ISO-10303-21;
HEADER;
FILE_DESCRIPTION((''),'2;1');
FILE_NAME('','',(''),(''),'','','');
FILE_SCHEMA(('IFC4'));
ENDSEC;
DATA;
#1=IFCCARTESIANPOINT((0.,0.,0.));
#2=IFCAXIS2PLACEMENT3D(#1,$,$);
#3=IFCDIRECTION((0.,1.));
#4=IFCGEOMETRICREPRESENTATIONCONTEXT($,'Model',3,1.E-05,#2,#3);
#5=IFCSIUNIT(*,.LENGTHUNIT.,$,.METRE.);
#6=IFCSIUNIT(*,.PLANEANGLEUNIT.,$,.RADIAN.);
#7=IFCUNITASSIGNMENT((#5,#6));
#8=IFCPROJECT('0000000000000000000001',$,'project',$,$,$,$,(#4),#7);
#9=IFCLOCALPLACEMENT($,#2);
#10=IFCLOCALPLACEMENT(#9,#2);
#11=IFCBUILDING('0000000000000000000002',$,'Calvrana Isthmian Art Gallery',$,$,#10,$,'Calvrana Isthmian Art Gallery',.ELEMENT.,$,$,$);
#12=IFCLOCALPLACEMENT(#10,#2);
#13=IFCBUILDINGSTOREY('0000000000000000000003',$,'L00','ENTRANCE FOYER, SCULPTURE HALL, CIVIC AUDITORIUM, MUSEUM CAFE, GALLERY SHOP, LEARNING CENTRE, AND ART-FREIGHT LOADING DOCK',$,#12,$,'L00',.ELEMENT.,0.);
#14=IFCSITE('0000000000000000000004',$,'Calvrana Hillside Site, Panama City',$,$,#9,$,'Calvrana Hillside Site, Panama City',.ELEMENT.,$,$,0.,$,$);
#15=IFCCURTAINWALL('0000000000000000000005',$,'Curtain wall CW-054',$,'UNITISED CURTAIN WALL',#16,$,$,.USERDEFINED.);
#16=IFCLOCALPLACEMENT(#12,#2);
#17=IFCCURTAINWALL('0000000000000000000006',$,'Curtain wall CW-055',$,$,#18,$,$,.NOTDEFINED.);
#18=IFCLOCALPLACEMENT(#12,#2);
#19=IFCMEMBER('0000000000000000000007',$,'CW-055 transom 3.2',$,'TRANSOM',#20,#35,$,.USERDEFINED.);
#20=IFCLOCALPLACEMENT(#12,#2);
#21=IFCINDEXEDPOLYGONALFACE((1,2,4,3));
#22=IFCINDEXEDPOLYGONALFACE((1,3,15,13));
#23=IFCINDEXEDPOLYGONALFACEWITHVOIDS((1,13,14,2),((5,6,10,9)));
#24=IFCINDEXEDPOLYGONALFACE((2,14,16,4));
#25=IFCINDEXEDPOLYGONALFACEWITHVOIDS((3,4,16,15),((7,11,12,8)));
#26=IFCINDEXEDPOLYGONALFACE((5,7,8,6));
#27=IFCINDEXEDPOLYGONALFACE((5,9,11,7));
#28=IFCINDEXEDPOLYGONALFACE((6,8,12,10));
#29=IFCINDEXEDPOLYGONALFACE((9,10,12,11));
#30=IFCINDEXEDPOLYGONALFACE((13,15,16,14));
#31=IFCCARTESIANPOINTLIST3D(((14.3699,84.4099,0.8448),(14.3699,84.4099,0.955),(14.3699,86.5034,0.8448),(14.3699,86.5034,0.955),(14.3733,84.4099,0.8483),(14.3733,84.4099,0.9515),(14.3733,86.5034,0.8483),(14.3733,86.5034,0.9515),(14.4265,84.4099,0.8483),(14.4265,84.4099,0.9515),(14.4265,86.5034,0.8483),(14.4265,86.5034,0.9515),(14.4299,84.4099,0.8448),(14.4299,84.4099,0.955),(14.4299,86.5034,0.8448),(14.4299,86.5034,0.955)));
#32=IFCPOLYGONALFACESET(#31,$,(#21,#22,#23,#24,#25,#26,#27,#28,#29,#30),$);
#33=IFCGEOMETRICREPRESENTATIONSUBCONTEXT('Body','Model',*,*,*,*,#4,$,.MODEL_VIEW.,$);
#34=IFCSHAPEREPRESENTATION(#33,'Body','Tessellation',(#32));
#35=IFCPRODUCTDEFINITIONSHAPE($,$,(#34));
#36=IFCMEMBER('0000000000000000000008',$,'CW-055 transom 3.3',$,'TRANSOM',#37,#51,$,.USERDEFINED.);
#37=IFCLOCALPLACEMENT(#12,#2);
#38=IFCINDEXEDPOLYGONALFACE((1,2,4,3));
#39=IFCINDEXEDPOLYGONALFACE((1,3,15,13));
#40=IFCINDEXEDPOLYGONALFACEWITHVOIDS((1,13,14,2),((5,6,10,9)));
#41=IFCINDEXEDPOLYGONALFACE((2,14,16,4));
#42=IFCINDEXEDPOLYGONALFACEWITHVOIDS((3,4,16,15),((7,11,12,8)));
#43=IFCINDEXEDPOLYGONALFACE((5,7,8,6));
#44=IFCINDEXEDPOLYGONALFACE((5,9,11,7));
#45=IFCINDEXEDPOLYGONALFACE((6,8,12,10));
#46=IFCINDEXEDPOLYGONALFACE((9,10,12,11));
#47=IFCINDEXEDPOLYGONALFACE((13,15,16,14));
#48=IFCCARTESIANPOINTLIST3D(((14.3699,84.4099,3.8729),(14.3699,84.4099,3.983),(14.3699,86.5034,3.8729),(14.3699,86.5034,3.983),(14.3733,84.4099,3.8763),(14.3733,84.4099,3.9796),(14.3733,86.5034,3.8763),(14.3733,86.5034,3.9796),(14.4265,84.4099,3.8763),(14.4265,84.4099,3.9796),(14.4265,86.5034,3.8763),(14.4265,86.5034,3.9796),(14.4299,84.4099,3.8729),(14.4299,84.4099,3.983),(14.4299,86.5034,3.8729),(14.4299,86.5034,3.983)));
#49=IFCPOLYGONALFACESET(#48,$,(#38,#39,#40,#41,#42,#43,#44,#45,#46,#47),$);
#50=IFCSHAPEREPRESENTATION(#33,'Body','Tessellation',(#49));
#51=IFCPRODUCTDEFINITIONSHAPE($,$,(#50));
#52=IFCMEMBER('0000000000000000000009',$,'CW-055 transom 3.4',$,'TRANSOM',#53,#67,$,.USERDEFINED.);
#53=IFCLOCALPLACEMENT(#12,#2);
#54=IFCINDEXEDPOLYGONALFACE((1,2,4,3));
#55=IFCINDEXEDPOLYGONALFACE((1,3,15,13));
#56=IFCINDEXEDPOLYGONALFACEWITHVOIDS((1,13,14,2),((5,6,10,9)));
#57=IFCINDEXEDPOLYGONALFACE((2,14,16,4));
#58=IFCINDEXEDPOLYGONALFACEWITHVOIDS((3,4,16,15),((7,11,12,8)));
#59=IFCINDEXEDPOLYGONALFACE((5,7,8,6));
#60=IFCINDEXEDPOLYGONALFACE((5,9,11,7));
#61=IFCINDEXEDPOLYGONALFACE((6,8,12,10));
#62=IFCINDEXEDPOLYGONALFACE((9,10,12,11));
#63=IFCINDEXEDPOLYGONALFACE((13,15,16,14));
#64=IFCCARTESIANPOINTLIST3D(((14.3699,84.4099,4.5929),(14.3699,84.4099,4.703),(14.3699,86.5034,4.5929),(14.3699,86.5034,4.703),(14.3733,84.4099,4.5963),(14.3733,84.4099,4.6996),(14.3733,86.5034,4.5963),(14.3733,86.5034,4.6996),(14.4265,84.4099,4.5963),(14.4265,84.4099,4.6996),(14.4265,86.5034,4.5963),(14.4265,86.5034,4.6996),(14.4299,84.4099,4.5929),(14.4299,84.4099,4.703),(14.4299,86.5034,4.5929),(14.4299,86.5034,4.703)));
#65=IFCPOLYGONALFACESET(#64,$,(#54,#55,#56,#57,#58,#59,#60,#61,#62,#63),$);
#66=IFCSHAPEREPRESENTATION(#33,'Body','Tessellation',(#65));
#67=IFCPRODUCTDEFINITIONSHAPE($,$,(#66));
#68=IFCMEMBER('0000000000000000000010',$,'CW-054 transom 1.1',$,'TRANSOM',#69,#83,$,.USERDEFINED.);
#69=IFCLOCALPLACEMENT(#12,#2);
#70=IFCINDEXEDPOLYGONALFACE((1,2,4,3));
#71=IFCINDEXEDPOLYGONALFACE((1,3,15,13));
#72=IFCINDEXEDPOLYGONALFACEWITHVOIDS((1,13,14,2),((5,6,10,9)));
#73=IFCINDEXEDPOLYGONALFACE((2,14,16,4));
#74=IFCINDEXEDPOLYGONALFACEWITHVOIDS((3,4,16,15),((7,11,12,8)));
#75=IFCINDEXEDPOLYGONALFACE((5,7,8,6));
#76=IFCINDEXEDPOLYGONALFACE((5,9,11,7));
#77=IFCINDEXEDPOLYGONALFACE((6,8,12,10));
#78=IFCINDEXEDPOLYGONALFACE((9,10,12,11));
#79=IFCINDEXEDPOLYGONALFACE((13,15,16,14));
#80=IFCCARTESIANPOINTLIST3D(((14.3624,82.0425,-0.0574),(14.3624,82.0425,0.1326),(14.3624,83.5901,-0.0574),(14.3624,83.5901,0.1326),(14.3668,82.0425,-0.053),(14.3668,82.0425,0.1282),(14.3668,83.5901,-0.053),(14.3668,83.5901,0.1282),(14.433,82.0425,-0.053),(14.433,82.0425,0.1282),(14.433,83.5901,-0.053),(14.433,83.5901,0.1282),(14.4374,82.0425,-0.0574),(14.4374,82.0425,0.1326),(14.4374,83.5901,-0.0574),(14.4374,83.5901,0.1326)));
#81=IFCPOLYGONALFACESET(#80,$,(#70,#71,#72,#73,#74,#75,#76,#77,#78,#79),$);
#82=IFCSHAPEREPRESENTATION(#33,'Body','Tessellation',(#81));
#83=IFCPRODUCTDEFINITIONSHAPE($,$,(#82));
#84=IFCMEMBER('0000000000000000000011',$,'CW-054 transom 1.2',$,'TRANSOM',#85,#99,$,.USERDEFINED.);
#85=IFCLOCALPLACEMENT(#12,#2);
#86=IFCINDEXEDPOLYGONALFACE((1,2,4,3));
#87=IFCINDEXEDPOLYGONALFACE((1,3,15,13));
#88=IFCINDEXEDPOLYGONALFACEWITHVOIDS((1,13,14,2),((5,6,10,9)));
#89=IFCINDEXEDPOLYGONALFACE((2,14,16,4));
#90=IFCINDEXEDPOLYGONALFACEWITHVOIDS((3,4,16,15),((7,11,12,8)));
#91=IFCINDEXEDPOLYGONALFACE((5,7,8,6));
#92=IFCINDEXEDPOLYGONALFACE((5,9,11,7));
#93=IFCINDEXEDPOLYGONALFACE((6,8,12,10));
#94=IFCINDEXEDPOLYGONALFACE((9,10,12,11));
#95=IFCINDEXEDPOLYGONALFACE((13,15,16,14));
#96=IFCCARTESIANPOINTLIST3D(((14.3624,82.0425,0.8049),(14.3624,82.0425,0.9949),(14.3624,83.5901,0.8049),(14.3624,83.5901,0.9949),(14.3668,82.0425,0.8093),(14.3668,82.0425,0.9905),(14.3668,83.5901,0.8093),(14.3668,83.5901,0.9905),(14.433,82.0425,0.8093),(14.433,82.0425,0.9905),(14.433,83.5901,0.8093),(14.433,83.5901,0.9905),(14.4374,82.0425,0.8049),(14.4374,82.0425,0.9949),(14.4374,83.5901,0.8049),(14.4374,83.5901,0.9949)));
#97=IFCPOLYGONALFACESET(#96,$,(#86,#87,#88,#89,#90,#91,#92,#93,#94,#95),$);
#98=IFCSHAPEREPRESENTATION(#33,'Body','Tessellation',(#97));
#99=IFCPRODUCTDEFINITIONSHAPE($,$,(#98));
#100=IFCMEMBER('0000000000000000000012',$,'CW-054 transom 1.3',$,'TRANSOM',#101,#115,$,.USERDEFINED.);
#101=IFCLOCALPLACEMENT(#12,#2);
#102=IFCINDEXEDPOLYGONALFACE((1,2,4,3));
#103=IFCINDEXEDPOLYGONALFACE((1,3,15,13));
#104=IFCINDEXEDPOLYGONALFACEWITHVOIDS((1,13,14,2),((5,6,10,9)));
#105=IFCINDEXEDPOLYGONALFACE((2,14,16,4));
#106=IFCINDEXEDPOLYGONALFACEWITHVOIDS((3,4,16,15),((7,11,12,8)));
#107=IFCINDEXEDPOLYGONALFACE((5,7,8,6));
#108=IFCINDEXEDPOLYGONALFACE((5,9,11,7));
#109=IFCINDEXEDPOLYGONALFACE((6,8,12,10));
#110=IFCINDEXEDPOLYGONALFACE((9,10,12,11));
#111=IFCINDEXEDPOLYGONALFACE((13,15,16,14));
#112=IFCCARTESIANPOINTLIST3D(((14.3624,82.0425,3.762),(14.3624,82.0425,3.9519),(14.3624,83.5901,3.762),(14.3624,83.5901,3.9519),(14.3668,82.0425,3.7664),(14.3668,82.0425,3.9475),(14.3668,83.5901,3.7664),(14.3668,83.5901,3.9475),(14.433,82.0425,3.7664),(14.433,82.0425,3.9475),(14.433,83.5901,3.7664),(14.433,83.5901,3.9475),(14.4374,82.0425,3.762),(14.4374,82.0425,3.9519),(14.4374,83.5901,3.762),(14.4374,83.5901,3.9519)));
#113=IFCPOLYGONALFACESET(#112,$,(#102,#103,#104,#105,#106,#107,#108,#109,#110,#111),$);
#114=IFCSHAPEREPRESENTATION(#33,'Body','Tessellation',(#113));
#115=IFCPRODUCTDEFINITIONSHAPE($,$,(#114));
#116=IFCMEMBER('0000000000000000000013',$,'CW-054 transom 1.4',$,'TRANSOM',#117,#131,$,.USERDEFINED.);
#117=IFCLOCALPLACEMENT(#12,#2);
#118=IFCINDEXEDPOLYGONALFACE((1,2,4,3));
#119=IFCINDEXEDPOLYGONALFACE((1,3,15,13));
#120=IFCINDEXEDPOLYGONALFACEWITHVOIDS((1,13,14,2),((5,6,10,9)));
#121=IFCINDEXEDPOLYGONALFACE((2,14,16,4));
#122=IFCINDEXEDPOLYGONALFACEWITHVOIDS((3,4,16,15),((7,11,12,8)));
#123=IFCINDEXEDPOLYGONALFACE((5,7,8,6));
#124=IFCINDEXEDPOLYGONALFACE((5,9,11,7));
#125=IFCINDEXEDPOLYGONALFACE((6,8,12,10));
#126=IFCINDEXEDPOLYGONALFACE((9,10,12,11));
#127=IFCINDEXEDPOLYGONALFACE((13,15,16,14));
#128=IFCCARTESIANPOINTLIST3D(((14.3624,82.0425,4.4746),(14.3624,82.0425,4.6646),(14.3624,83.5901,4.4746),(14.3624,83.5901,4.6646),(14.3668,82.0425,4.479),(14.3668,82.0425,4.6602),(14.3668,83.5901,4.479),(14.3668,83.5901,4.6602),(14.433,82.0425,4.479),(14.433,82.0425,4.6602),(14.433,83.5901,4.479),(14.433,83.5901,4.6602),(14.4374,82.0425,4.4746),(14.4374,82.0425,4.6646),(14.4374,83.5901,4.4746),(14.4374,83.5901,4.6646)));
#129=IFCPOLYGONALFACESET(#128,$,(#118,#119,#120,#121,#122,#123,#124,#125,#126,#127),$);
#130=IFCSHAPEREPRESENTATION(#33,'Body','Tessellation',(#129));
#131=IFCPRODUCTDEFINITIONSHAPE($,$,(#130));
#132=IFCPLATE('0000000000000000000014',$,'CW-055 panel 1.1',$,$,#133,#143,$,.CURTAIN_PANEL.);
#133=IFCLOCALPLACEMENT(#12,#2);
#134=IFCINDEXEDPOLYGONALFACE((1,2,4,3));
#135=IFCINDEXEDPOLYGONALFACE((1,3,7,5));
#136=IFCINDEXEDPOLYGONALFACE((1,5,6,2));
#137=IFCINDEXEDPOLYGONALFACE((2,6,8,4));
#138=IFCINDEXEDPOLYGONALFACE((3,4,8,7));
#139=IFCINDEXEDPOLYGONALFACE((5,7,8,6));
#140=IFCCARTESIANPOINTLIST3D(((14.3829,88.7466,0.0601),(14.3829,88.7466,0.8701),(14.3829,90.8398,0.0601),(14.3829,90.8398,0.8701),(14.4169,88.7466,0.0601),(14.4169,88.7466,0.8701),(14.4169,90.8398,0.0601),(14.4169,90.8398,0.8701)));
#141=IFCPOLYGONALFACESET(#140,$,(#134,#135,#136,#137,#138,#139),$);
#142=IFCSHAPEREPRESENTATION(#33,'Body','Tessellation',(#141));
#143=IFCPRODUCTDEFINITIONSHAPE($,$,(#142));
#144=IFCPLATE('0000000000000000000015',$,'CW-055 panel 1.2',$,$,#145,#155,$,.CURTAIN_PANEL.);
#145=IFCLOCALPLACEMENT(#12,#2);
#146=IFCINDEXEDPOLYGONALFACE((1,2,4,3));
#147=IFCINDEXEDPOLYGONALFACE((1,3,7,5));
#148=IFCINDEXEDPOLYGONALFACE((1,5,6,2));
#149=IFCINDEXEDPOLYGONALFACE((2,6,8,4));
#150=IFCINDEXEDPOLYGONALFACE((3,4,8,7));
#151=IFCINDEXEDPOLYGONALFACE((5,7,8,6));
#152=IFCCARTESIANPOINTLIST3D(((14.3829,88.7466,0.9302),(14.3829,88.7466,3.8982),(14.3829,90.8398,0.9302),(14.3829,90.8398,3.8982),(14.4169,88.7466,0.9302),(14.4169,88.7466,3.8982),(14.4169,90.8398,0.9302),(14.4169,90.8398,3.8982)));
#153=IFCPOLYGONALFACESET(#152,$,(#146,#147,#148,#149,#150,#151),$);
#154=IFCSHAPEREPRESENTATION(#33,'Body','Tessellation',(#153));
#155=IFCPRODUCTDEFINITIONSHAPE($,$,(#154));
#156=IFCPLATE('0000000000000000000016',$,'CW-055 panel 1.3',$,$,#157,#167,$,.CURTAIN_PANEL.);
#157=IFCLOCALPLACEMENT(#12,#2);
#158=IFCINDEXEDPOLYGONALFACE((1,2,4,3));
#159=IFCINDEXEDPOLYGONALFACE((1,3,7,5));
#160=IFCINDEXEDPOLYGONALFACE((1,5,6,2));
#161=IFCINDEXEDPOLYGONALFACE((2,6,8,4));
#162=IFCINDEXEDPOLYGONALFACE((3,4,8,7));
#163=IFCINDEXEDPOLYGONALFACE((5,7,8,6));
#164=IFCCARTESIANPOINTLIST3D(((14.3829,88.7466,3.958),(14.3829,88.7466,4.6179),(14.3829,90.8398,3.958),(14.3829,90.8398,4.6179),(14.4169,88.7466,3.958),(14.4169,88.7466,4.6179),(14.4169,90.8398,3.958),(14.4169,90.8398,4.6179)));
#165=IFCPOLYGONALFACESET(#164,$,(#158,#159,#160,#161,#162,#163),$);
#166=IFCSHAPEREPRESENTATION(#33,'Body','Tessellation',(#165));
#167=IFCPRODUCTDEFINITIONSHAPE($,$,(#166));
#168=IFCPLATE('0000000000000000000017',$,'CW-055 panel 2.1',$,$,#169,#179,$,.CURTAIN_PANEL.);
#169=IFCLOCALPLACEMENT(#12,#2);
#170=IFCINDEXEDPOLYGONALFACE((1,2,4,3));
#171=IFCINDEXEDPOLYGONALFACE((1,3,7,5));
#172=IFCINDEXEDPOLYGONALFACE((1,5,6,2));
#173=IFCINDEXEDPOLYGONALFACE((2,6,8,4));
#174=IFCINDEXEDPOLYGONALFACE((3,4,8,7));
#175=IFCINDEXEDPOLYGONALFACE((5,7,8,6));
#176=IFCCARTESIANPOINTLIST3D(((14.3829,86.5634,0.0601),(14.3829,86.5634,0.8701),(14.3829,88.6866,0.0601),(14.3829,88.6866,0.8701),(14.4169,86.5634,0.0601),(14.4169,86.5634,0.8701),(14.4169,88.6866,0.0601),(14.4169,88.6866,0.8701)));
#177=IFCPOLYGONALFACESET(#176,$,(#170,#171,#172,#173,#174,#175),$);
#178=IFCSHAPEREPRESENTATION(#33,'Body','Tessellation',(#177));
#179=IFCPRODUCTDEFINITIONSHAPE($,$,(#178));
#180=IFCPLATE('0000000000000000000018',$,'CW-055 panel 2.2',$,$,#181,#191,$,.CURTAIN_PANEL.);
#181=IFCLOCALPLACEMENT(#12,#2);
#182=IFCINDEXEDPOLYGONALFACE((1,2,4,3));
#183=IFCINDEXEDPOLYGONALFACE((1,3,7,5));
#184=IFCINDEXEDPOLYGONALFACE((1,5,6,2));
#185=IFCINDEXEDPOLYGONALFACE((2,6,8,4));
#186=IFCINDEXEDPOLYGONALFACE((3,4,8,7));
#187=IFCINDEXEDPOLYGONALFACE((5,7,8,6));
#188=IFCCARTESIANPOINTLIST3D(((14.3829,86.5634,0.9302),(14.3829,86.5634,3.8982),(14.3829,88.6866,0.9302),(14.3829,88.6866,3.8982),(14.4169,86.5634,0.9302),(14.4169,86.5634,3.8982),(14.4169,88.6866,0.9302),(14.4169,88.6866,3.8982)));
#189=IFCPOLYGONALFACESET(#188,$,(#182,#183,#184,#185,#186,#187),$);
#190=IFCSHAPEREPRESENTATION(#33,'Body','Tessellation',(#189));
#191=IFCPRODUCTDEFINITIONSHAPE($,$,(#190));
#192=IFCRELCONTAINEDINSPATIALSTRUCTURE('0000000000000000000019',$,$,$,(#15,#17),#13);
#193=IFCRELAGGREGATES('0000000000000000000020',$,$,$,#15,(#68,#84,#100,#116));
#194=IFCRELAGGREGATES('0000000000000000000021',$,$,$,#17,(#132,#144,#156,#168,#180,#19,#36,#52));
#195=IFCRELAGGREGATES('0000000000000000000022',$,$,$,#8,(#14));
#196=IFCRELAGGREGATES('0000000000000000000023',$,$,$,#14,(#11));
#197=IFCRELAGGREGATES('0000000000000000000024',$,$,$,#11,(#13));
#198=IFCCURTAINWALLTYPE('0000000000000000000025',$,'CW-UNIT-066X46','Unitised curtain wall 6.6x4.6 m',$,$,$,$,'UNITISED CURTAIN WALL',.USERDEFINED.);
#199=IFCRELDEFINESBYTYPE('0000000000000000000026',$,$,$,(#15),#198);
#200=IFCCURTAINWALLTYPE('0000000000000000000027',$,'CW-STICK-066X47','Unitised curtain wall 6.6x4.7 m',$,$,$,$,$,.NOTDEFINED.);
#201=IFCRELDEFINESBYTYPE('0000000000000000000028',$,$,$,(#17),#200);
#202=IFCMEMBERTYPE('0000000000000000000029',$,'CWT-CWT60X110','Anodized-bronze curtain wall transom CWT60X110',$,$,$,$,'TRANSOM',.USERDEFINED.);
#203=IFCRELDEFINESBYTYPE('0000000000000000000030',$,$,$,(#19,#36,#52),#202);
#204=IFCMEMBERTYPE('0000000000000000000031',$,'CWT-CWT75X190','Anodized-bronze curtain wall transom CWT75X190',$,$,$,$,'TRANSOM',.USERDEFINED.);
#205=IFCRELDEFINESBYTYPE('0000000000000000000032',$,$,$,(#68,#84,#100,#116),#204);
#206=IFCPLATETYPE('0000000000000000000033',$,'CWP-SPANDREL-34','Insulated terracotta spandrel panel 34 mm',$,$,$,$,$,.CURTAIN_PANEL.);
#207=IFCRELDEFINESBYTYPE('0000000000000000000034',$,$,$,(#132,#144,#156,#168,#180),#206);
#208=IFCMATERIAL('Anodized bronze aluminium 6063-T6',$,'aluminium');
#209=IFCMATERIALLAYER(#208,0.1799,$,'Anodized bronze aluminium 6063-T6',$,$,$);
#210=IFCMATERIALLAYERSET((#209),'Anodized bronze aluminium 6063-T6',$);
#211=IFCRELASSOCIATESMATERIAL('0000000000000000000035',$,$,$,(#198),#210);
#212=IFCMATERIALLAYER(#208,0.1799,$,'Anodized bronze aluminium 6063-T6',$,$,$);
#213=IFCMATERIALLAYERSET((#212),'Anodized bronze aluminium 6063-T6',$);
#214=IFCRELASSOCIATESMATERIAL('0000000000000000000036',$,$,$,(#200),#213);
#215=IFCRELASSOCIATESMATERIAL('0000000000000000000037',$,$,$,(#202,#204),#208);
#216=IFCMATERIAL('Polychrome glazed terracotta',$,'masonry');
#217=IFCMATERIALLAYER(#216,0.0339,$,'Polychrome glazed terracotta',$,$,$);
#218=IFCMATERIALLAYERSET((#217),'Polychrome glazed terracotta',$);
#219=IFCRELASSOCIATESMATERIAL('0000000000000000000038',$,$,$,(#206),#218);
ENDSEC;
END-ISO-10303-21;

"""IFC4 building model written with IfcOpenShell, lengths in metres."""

from ifc_helpers import new_model, si_unit, direction, frame, origin, origin_2d, place, context, subcontext, project, spatial, rectangle, hollow_rectangle, extrude, material, layer, layer_set, material_profile, profile_set, type_object, element, aggregate, save


model = new_model("IFC4")

# Units and contexts
model_context = context("Model", 3, precision=1e-05, world=origin(), true_north=direction((0.0, 1.0)))
body_context = subcontext(model_context, "Body", "Model", "MODEL_VIEW")
ifc_project = project(units=[si_unit("LENGTHUNIT", "METRE"), si_unit("PLANEANGLEUNIT", "RADIAN")], contexts=[model_context])

# Site, building, storey
site_placement = place(None, origin())
site = spatial("IfcSite", under=ifc_project, at=site_placement, Name="Calvrana Hillside Site, Panama City", LongName="Calvrana Hillside Site, Panama City", CompositionType="ELEMENT", RefElevation=0.0)
building_placement = place(site_placement, origin())
building = spatial("IfcBuilding", under=site, at=building_placement, Name="Calvrana Isthmian Art Gallery", LongName="Calvrana Isthmian Art Gallery", CompositionType="ELEMENT")
storey_placement = place(building_placement, origin())
storey = spatial("IfcBuildingStorey", under=building, at=storey_placement, Name="L00", Description="ENTRANCE FOYER, SCULPTURE HALL, CIVIC AUDITORIUM, MUSEUM CAFE, GALLERY SHOP, LEARNING CENTRE, AND ART-FREIGHT LOADING DOCK", LongName="L00", CompositionType="ELEMENT", Elevation=0.0)

# Curtain wall
ifc_material_1 = material(Name="Anodized bronze aluminium 6063-T6", Category="aluminium")
ifc_layer_1 = layer(ifc_material_1, 0.1799, Name="Anodized bronze aluminium 6063-T6")
ifc_layer_set_1 = layer_set([ifc_layer_1], Name="Anodized bronze aluminium 6063-T6")
curtain_wall_type_1 = type_object("IfcCurtainWallType", Name="CW-UNIT-066X46", Description="Unitised curtain wall 6.6x4.6 m", ElementType="UNITISED CURTAIN WALL", PredefinedType="USERDEFINED", material=ifc_layer_set_1)
curtain_wall_1_placement = place(storey_placement, origin())
curtain_wall_1 = element("IfcCurtainWall", 1, at=curtain_wall_1_placement, inside=storey, type_object=curtain_wall_type_1, Name="Curtain wall CW-054", ObjectType="UNITISED CURTAIN WALL", PredefinedType="USERDEFINED")

# Curtain wall, members
ifc_layer_2 = layer(ifc_material_1, 0.1799, Name="Anodized bronze aluminium 6063-T6")
ifc_layer_set_2 = layer_set([ifc_layer_2], Name="Anodized bronze aluminium 6063-T6")
curtain_wall_type_2 = type_object("IfcCurtainWallType", Name="CW-STICK-066X47", Description="Unitised curtain wall 6.6x4.7 m", PredefinedType="NOTDEFINED", material=ifc_layer_set_2)
curtain_wall_2_placement = place(storey_placement, origin())
curtain_wall_2 = element("IfcCurtainWall", 2, at=curtain_wall_2_placement, inside=storey, type_object=curtain_wall_type_2, Name="Curtain wall CW-055", PredefinedType="NOTDEFINED")
ifc_material_profile_1 = material_profile(ifc_material_1, hollow_rectangle(XDim=0.0601, YDim=0.1101, WallThickness=0.0034, at=origin_2d()), Name="CWT60X110")
ifc_profile_set_1 = profile_set([ifc_material_profile_1], Name="Anodized bronze aluminium 6063-T6")
member_type_1 = type_object("IfcMemberType", Name="CWT-CWT60X110", Description="Anodized-bronze curtain wall transom CWT60X110", ElementType="TRANSOM", PredefinedType="USERDEFINED", material=ifc_profile_set_1)
member_1_placement = place(storey_placement, frame((14.3999, 86.5034, 0.8999), z_axis=(0.0, -1.0, 0.0), x_axis=(1.0, 0.0, 0.0)))
member_1 = element("IfcMember", 3, at=member_1_placement, type_object=member_type_1, Name="CW-055 transom 3.2", ObjectType="TRANSOM", PredefinedType="USERDEFINED", context=body_context, shape_type="SweptSolid", body=[
    extrude(hollow_rectangle(XDim=0.0601, YDim=0.1101, WallThickness=0.0034, at=origin_2d()), origin(), (0.0, 0.0, 1.0), 2.0935),
])
member_2_placement = place(storey_placement, frame((14.3999, 86.5034, 3.928), z_axis=(0.0, -1.0, 0.0), x_axis=(1.0, 0.0, 0.0)))
member_2 = element("IfcMember", 4, at=member_2_placement, type_object=member_type_1, Name="CW-055 transom 3.3", ObjectType="TRANSOM", PredefinedType="USERDEFINED", context=body_context, shape_type="SweptSolid", body=[
    extrude(hollow_rectangle(XDim=0.0601, YDim=0.1101, WallThickness=0.0034, at=origin_2d()), origin(), (0.0, 0.0, 1.0), 2.0935),
])
member_3_placement = place(storey_placement, frame((14.3999, 86.5034, 4.6479), z_axis=(0.0, -1.0, 0.0), x_axis=(1.0, 0.0, 0.0)))
member_3 = element("IfcMember", 5, at=member_3_placement, type_object=member_type_1, Name="CW-055 transom 3.4", ObjectType="TRANSOM", PredefinedType="USERDEFINED", context=body_context, shape_type="SweptSolid", body=[
    extrude(hollow_rectangle(XDim=0.0601, YDim=0.1101, WallThickness=0.0034, at=origin_2d()), origin(), (0.0, 0.0, 1.0), 2.0935),
])

# Members
ifc_material_profile_2 = material_profile(ifc_material_1, hollow_rectangle(XDim=0.075, YDim=0.1899, WallThickness=0.0044, at=origin_2d()), Name="CWT75X190")
ifc_profile_set_2 = profile_set([ifc_material_profile_2], Name="Anodized bronze aluminium 6063-T6")
member_type_2 = type_object("IfcMemberType", Name="CWT-CWT75X190", Description="Anodized-bronze curtain wall transom CWT75X190", ElementType="TRANSOM", PredefinedType="USERDEFINED", material=ifc_profile_set_2)
member_4_placement = place(storey_placement, frame((14.3999, 83.5901, 0.0376), z_axis=(0.0, -1.0, 0.0), x_axis=(1.0, 0.0, 0.0)))
member_4 = element("IfcMember", 6, at=member_4_placement, type_object=member_type_2, Name="CW-054 transom 1.1", ObjectType="TRANSOM", PredefinedType="USERDEFINED", context=body_context, shape_type="SweptSolid", body=[
    extrude(hollow_rectangle(XDim=0.075, YDim=0.1899, WallThickness=0.0044, at=origin_2d()), origin(), (0.0, 0.0, 1.0), 1.5476),
])
member_5_placement = place(storey_placement, frame((14.3999, 83.5901, 0.8999), z_axis=(0.0, -1.0, 0.0), x_axis=(1.0, 0.0, 0.0)))
member_5 = element("IfcMember", 7, at=member_5_placement, type_object=member_type_2, Name="CW-054 transom 1.2", ObjectType="TRANSOM", PredefinedType="USERDEFINED", context=body_context, shape_type="SweptSolid", body=[
    extrude(hollow_rectangle(XDim=0.075, YDim=0.1899, WallThickness=0.0044, at=origin_2d()), origin(), (0.0, 0.0, 1.0), 1.5476),
])
member_6_placement = place(storey_placement, frame((14.3999, 83.5901, 3.8569), z_axis=(0.0, -1.0, 0.0), x_axis=(1.0, 0.0, 0.0)))
member_6 = element("IfcMember", 8, at=member_6_placement, type_object=member_type_2, Name="CW-054 transom 1.3", ObjectType="TRANSOM", PredefinedType="USERDEFINED", context=body_context, shape_type="SweptSolid", body=[
    extrude(hollow_rectangle(XDim=0.075, YDim=0.1899, WallThickness=0.0044, at=origin_2d()), origin(), (0.0, 0.0, 1.0), 1.5476),
])
member_7_placement = place(storey_placement, frame((14.3999, 83.5901, 4.5696), z_axis=(0.0, -1.0, 0.0), x_axis=(1.0, 0.0, 0.0)))
member_7 = element("IfcMember", 9, at=member_7_placement, type_object=member_type_2, Name="CW-054 transom 1.4", ObjectType="TRANSOM", PredefinedType="USERDEFINED", context=body_context, shape_type="SweptSolid", body=[
    extrude(hollow_rectangle(XDim=0.075, YDim=0.1899, WallThickness=0.0044, at=origin_2d()), origin(), (0.0, 0.0, 1.0), 1.5476),
])
aggregate(curtain_wall_1, [member_4, member_5, member_6, member_7])

# Plates
ifc_material_2 = material(Name="Polychrome glazed terracotta", Category="masonry")
ifc_layer_3 = layer(ifc_material_2, 0.0339, Name="Polychrome glazed terracotta")
ifc_layer_set_3 = layer_set([ifc_layer_3], Name="Polychrome glazed terracotta")
plate_type = type_object("IfcPlateType", Name="CWP-SPANDREL-34", Description="Insulated terracotta spandrel panel 34 mm", PredefinedType="CURTAIN_PANEL", material=ifc_layer_set_3)
plate_1_placement = place(storey_placement, frame((14.3999, 89.7932, 0.0601), z_axis=(0.0, 0.0, 1.0), x_axis=(0.0, -1.0, 0.0)))
plate_1 = element("IfcPlate", 10, at=plate_1_placement, type_object=plate_type, Name="CW-055 panel 1.1", PredefinedType="CURTAIN_PANEL", context=body_context, shape_type="SweptSolid", body=[
    extrude(rectangle(XDim=2.0933, YDim=0.0339, at=origin_2d()), origin(), (0.0, 0.0, 1.0), 0.8101),
])
plate_2_placement = place(storey_placement, frame((14.3999, 89.7932, 0.9302), z_axis=(0.0, 0.0, 1.0), x_axis=(0.0, -1.0, 0.0)))
plate_2 = element("IfcPlate", 11, at=plate_2_placement, type_object=plate_type, Name="CW-055 panel 1.2", PredefinedType="CURTAIN_PANEL", context=body_context, shape_type="SweptSolid", body=[
    extrude(rectangle(XDim=2.0933, YDim=0.0339, at=origin_2d()), origin(), (0.0, 0.0, 1.0), 2.968),
])
plate_3_placement = place(storey_placement, frame((14.3999, 89.7932, 3.958), z_axis=(0.0, 0.0, 1.0), x_axis=(0.0, -1.0, 0.0)))
plate_3 = element("IfcPlate", 12, at=plate_3_placement, type_object=plate_type, Name="CW-055 panel 1.3", PredefinedType="CURTAIN_PANEL", context=body_context, shape_type="SweptSolid", body=[
    extrude(rectangle(XDim=2.0933, YDim=0.0339, at=origin_2d()), origin(), (0.0, 0.0, 1.0), 0.6599),
])
plate_4_placement = place(storey_placement, frame((14.3999, 87.625, 0.0601), z_axis=(0.0, 0.0, 1.0), x_axis=(0.0, -1.0, 0.0)))
plate_4 = element("IfcPlate", 13, at=plate_4_placement, type_object=plate_type, Name="CW-055 panel 2.1", PredefinedType="CURTAIN_PANEL", context=body_context, shape_type="SweptSolid", body=[
    extrude(rectangle(XDim=2.1233, YDim=0.0339, at=origin_2d()), origin(), (0.0, 0.0, 1.0), 0.8101),
])
plate_5_placement = place(storey_placement, frame((14.3999, 87.625, 0.9302), z_axis=(0.0, 0.0, 1.0), x_axis=(0.0, -1.0, 0.0)))
plate_5 = element("IfcPlate", 14, at=plate_5_placement, type_object=plate_type, Name="CW-055 panel 2.2", PredefinedType="CURTAIN_PANEL", context=body_context, shape_type="SweptSolid", body=[
    extrude(rectangle(XDim=2.1233, YDim=0.0339, at=origin_2d()), origin(), (0.0, 0.0, 1.0), 2.968),
])
aggregate(curtain_wall_2, [plate_1, plate_2, plate_3, plate_4, plate_5, member_1, member_2, member_3])

save(model, "model.ifc")
